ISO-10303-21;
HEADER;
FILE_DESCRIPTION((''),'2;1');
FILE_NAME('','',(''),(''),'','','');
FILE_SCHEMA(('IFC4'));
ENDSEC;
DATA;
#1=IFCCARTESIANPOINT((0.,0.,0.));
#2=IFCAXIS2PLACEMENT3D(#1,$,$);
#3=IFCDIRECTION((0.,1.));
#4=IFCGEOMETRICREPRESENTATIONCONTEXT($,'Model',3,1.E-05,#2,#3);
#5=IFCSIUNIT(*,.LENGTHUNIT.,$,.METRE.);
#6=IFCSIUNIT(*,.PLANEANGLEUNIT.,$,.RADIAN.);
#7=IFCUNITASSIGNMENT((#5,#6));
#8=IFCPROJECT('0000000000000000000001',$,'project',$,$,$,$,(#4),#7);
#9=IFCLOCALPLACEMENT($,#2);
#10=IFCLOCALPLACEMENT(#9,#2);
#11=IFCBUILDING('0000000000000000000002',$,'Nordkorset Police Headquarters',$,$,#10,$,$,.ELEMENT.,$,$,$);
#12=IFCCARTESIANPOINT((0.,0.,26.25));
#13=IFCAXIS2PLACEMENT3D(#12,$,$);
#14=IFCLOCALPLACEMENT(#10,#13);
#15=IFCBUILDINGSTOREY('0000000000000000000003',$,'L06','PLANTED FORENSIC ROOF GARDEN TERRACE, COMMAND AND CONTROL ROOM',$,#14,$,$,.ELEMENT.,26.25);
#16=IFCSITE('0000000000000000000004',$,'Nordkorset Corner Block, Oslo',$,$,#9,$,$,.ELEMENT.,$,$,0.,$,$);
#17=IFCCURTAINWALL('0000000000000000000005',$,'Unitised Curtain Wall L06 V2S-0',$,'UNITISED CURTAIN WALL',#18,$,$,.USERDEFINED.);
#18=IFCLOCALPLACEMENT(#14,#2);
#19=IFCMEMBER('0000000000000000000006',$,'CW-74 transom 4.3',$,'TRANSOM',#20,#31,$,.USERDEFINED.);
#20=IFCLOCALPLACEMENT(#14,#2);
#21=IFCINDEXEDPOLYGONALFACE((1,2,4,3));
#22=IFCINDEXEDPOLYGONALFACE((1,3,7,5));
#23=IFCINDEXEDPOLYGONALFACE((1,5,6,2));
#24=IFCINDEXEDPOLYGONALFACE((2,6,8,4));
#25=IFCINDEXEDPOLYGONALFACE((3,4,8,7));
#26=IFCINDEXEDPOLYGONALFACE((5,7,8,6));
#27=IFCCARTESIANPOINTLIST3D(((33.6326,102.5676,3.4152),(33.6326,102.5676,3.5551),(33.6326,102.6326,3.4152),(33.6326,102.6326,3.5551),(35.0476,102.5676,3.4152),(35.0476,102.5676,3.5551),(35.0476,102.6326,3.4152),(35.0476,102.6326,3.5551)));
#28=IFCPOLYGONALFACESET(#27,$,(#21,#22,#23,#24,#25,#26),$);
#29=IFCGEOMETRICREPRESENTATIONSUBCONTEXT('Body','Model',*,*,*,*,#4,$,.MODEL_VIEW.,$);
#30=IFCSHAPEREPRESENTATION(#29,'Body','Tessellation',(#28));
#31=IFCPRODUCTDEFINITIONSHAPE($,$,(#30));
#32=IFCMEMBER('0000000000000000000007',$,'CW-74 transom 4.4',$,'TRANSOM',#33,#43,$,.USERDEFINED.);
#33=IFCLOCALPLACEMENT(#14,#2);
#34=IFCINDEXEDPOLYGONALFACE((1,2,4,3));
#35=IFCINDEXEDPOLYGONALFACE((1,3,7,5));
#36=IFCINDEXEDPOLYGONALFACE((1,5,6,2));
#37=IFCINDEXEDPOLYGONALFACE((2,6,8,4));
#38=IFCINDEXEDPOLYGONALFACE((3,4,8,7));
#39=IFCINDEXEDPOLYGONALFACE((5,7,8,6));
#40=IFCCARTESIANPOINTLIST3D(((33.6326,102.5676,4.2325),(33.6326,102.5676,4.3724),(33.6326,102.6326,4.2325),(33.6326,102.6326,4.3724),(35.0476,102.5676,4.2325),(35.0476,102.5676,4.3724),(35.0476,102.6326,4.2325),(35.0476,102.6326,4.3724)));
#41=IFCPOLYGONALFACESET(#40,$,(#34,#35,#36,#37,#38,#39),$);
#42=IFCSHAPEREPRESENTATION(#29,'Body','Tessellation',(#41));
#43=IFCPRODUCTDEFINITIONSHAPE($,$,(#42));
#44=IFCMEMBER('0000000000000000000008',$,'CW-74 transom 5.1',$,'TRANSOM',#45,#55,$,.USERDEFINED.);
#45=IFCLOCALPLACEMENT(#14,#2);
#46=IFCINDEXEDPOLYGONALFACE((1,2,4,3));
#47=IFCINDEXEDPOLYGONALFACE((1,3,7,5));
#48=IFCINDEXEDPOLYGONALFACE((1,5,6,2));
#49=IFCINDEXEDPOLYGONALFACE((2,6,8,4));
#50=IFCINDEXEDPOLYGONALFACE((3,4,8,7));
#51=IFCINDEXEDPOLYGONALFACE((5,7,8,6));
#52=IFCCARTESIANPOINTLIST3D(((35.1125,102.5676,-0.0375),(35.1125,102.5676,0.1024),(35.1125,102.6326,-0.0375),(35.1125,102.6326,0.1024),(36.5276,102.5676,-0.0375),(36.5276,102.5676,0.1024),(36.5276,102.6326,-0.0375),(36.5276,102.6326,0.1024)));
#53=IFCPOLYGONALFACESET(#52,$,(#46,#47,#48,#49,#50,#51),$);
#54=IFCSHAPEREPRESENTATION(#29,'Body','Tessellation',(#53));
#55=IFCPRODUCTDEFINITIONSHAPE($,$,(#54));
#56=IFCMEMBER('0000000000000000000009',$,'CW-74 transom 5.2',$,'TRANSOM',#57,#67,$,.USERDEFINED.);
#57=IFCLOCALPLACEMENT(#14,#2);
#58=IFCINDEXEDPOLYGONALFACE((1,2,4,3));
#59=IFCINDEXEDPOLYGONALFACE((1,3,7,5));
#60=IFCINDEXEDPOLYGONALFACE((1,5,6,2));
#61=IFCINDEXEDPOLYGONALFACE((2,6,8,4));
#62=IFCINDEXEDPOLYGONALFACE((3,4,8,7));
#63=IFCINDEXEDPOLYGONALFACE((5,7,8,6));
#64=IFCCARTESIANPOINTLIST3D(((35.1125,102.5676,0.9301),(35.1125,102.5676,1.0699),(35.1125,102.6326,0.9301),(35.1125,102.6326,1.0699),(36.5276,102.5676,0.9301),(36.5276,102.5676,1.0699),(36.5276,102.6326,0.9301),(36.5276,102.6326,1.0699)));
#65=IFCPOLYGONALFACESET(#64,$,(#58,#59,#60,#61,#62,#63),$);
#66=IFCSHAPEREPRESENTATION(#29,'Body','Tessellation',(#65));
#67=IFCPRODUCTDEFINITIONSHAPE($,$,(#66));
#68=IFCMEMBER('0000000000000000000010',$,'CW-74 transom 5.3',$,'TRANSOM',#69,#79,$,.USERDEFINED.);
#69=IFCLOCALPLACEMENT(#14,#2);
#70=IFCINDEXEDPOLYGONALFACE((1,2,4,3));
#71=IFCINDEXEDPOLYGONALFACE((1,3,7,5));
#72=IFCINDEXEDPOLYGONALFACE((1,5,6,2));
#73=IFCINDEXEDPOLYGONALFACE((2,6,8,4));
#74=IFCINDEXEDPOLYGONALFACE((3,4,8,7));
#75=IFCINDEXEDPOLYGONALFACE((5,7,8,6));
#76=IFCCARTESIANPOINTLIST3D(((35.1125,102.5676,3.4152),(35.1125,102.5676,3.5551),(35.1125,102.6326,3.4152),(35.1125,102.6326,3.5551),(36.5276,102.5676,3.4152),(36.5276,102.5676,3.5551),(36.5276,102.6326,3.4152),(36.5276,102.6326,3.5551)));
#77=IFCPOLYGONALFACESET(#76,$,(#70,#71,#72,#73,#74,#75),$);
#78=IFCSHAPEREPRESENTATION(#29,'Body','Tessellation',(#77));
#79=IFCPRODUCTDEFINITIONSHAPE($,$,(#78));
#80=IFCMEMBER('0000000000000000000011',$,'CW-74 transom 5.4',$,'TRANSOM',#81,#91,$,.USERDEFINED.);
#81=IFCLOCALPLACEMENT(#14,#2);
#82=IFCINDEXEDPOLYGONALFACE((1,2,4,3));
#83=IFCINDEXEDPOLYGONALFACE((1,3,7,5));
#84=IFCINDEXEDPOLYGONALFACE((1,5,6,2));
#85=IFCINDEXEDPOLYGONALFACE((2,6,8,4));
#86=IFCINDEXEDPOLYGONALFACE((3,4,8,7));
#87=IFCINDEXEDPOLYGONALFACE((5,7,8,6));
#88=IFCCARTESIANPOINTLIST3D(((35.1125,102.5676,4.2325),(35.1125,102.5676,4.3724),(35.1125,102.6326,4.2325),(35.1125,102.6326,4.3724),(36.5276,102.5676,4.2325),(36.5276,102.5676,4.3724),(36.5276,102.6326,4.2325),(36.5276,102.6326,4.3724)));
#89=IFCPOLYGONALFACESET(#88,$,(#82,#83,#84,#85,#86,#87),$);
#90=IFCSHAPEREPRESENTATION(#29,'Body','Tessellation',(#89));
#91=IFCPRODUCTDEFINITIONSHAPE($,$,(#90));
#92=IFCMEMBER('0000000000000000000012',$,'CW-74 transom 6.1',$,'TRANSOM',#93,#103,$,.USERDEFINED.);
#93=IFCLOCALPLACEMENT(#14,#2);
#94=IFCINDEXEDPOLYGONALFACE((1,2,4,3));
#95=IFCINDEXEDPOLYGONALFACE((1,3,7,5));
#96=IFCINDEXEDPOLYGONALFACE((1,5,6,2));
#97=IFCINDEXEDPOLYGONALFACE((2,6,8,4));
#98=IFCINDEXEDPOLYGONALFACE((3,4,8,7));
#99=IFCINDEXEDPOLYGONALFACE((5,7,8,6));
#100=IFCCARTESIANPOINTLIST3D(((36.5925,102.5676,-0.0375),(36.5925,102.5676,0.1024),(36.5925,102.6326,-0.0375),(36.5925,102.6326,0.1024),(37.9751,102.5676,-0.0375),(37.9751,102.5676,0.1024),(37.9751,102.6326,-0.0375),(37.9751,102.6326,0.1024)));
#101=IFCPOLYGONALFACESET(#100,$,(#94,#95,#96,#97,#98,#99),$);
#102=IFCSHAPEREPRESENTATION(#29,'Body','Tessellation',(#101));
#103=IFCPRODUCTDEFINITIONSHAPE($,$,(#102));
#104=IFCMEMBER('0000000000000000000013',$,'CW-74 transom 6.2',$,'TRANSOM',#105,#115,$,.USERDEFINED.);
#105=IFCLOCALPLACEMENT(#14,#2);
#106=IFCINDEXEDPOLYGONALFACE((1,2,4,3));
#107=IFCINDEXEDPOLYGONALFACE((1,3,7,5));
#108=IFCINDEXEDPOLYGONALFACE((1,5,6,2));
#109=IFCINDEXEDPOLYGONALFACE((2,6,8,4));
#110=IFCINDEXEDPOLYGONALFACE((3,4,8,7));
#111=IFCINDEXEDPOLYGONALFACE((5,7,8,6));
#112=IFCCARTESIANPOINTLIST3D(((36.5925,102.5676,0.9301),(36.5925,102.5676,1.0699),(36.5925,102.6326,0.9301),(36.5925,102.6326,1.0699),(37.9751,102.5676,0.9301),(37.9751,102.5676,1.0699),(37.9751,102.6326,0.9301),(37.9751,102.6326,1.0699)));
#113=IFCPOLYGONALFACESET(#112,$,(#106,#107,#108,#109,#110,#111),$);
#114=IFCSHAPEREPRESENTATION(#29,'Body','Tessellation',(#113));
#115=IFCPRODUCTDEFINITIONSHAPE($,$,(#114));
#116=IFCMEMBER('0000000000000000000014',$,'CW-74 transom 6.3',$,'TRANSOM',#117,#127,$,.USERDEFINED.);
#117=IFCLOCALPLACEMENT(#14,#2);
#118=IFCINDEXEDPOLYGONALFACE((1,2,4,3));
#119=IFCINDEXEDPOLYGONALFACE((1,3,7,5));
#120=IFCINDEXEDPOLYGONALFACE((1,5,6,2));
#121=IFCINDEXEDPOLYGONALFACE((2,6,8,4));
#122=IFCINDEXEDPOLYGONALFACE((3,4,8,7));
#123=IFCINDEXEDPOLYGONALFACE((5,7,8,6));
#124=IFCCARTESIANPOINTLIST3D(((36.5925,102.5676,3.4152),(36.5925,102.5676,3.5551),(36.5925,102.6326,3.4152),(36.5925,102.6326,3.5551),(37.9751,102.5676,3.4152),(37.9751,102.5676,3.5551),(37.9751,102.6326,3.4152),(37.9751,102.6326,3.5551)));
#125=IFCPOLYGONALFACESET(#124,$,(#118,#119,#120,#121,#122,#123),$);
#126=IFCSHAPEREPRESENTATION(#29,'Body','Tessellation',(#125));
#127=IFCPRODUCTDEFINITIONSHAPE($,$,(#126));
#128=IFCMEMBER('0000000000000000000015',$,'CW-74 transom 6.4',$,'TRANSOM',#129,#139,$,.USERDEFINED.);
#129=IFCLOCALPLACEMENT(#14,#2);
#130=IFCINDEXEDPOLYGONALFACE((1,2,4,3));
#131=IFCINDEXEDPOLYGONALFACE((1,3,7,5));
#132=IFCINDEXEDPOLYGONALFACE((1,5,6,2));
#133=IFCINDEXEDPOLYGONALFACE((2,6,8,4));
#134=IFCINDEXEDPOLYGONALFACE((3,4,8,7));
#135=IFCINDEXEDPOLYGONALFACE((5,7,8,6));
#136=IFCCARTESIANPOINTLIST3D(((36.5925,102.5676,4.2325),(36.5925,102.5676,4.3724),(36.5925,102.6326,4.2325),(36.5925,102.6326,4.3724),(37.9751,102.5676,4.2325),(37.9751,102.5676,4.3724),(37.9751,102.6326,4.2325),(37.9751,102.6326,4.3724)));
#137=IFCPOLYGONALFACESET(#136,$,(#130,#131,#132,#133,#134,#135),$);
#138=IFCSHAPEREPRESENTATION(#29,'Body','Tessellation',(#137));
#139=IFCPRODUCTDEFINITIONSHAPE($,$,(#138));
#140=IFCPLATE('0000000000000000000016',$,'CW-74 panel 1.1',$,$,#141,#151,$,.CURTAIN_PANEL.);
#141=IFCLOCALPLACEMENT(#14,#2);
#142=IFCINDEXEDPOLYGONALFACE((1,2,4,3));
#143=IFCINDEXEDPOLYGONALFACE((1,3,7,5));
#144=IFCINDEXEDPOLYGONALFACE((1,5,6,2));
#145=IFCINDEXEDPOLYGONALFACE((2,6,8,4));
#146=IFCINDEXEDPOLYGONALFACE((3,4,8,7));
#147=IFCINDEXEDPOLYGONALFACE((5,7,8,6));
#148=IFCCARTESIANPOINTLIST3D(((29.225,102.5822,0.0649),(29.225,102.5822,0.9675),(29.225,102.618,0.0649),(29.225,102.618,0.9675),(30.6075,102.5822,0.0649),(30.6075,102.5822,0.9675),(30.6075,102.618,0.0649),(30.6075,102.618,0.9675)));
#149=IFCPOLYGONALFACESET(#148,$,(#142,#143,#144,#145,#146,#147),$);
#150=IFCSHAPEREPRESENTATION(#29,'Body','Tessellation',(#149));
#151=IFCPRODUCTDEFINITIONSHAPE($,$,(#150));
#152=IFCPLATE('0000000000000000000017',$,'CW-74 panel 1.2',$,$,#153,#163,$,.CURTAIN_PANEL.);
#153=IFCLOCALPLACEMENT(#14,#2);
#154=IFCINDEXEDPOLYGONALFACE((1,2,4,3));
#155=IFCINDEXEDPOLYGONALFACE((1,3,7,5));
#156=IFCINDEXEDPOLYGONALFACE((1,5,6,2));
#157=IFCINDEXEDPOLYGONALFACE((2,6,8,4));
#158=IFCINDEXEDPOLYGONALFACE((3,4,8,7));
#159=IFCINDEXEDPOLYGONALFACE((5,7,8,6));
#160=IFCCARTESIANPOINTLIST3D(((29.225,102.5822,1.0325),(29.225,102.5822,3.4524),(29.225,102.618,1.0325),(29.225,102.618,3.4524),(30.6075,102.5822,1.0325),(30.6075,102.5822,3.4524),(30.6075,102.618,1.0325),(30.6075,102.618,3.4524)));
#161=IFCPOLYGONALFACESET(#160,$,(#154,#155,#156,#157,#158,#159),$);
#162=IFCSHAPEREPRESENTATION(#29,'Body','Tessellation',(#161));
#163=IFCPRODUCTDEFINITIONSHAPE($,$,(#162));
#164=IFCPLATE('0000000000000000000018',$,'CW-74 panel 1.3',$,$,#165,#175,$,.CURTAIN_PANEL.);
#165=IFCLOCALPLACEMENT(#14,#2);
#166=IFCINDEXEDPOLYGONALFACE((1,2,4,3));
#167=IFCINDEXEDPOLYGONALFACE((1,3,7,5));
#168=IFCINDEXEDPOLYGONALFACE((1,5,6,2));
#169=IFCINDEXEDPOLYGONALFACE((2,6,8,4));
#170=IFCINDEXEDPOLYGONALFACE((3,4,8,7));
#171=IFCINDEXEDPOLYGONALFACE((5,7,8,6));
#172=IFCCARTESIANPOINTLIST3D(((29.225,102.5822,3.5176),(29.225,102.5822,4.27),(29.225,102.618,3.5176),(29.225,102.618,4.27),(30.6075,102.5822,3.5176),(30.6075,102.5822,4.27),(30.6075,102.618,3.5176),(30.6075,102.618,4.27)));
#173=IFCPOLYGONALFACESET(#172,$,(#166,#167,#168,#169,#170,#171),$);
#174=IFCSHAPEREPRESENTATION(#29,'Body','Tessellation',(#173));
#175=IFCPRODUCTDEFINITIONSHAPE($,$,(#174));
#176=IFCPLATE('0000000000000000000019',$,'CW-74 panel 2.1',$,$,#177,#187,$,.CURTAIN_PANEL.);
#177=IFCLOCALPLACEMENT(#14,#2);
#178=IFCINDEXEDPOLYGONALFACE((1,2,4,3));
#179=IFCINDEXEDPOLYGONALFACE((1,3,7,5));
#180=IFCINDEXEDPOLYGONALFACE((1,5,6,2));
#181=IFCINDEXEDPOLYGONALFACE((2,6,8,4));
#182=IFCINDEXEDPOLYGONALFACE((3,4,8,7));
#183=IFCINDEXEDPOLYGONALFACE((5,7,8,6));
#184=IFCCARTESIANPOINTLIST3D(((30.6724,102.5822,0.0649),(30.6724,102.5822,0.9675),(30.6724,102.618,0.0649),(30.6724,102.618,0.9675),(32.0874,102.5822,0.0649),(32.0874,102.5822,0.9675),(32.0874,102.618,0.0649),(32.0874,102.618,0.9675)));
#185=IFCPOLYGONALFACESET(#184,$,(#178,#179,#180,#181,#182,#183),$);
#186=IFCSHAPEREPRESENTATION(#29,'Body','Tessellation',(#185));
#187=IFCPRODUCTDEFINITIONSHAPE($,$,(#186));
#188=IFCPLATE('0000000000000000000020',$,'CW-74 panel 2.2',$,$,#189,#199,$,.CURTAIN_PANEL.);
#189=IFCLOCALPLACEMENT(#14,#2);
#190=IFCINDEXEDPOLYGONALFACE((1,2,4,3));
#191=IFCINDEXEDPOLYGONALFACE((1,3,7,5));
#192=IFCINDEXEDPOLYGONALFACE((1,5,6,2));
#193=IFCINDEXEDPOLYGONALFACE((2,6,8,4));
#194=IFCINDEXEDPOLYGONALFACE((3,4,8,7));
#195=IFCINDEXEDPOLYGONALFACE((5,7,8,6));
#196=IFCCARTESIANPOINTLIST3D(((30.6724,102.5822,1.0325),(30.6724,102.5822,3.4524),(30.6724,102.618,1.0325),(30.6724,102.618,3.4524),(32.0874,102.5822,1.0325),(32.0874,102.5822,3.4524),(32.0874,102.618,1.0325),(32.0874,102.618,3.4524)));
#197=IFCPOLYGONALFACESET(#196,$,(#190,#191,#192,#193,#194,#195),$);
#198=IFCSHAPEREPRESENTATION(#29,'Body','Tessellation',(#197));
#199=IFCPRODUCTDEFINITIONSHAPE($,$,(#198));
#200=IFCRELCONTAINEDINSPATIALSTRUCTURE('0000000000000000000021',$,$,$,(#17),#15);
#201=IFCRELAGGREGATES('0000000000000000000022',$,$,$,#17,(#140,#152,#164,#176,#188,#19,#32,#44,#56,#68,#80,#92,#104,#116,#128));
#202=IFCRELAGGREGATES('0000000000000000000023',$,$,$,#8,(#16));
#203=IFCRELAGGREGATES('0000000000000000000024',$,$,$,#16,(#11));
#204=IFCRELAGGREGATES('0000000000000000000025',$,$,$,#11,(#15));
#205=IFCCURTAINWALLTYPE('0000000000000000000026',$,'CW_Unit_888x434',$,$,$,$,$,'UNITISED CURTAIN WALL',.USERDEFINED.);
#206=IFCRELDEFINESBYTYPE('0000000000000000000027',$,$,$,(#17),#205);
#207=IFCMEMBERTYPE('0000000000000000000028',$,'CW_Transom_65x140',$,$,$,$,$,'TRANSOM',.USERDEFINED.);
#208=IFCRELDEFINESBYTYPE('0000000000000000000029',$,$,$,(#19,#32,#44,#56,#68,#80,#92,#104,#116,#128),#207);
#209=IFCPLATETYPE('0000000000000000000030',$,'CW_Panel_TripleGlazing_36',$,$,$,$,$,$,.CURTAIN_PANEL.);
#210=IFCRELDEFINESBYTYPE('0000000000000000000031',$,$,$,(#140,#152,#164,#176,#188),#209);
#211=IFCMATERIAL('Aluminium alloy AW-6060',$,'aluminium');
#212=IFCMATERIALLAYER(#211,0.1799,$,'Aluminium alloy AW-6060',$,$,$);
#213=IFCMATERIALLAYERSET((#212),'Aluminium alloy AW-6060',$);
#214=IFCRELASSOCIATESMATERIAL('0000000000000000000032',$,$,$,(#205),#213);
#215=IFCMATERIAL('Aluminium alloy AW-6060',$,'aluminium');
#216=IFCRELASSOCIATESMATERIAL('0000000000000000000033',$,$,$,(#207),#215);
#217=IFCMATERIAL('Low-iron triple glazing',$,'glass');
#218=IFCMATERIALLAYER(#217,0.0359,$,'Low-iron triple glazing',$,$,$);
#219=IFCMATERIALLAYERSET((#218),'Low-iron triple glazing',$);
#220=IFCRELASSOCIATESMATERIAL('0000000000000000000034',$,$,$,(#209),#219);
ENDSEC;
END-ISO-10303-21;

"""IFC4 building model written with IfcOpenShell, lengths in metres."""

from ifc_helpers import new_model, si_unit, direction, frame, origin, origin_2d, place, context, subcontext, project, spatial, rectangle, extrude, material, layer, layer_set, material_profile, profile_set, type_object, element, aggregate, save


model = new_model("IFC4")

# Units and contexts
model_context = context("Model", 3, precision=1e-05, world=origin(), true_north=direction((0.0, 1.0)))
body_context = subcontext(model_context, "Body", "Model", "MODEL_VIEW")
ifc_project = project(units=[si_unit("LENGTHUNIT", "METRE"), si_unit("PLANEANGLEUNIT", "RADIAN")], contexts=[model_context])

# Site, building, storey
site_placement = place(None, origin())
site = spatial("IfcSite", under=ifc_project, at=site_placement, Name="Nordkorset Corner Block, Oslo", CompositionType="ELEMENT", RefElevation=0.0)
building_placement = place(site_placement, origin())
building = spatial("IfcBuilding", under=site, at=building_placement, Name="Nordkorset Police Headquarters", CompositionType="ELEMENT")
storey_placement = place(building_placement, frame((0.0, 0.0, 26.25)))
storey = spatial("IfcBuildingStorey", under=building, at=storey_placement, Name="L06", Description="PLANTED FORENSIC ROOF GARDEN TERRACE, COMMAND AND CONTROL ROOM", CompositionType="ELEMENT", Elevation=26.25)

# Curtain wall, members, plates
ifc_material_1 = material(Name="Aluminium alloy AW-6060", Category="aluminium")
ifc_layer_1 = layer(ifc_material_1, 0.1799, Name="Aluminium alloy AW-6060")
ifc_layer_set_1 = layer_set([ifc_layer_1], Name="Aluminium alloy AW-6060")
curtain_wall_type = type_object("IfcCurtainWallType", Name="CW_Unit_888x434", ElementType="UNITISED CURTAIN WALL", PredefinedType="USERDEFINED", material=ifc_layer_set_1)
curtain_wall_placement = place(storey_placement, origin())
curtain_wall = element("IfcCurtainWall", 1, at=curtain_wall_placement, inside=storey, type_object=curtain_wall_type, Name="Unitised Curtain Wall L06 V2S-0", ObjectType="UNITISED CURTAIN WALL", PredefinedType="USERDEFINED")
ifc_material_2 = material(Name="Aluminium alloy AW-6060", Category="aluminium")
ifc_material_profile_1 = material_profile(ifc_material_2, rectangle(XDim=0.0649, YDim=0.1399, at=origin_2d()), Name="ALU TRAN 65x140")
ifc_profile_set_1 = profile_set([ifc_material_profile_1], Name="Aluminium alloy AW-6060")
member_type_1 = type_object("IfcMemberType", Name="CW_Transom_65x140", ElementType="TRANSOM", PredefinedType="USERDEFINED", material=ifc_profile_set_1)
member_1_placement = place(storey_placement, frame((33.6326, 102.6001, 3.4851), z_axis=(1.0, 0.0, 0.0), x_axis=(0.0, 1.0, 0.0)))
member_1 = element("IfcMember", 2, at=member_1_placement, type_object=member_type_1, Name="CW-74 transom 4.3", ObjectType="TRANSOM", PredefinedType="USERDEFINED", context=body_context, shape_type="SweptSolid", body=[
    extrude(rectangle(XDim=0.0649, YDim=0.1399, at=origin_2d()), origin(), (0.0, 0.0, 1.0), 1.415),
])
member_2_placement = place(storey_placement, frame((33.6326, 102.6001, 4.3025), z_axis=(1.0, 0.0, 0.0), x_axis=(0.0, 1.0, 0.0)))
member_2 = element("IfcMember", 3, at=member_2_placement, type_object=member_type_1, Name="CW-74 transom 4.4", ObjectType="TRANSOM", PredefinedType="USERDEFINED", context=body_context, shape_type="SweptSolid", body=[
    extrude(rectangle(XDim=0.0649, YDim=0.1399, at=origin_2d()), origin(), (0.0, 0.0, 1.0), 1.415),
])
member_3_placement = place(storey_placement, frame((35.1125, 102.6001, 0.0325), z_axis=(1.0, 0.0, 0.0), x_axis=(0.0, 1.0, 0.0)))
member_3 = element("IfcMember", 4, at=member_3_placement, type_object=member_type_1, Name="CW-74 transom 5.1", ObjectType="TRANSOM", PredefinedType="USERDEFINED", context=body_context, shape_type="SweptSolid", body=[
    extrude(rectangle(XDim=0.0649, YDim=0.1399, at=origin_2d()), origin(), (0.0, 0.0, 1.0), 1.415),
])
member_4_placement = place(storey_placement, frame((35.1125, 102.6001, 1.0), z_axis=(1.0, 0.0, 0.0), x_axis=(0.0, 1.0, 0.0)))
member_4 = element("IfcMember", 5, at=member_4_placement, type_object=member_type_1, Name="CW-74 transom 5.2", ObjectType="TRANSOM", PredefinedType="USERDEFINED", context=body_context, shape_type="SweptSolid", body=[
    extrude(rectangle(XDim=0.0649, YDim=0.1399, at=origin_2d()), origin(), (0.0, 0.0, 1.0), 1.415),
])
member_5_placement = place(storey_placement, frame((35.1125, 102.6001, 3.4851), z_axis=(1.0, 0.0, 0.0), x_axis=(0.0, 1.0, 0.0)))
member_5 = element("IfcMember", 6, at=member_5_placement, type_object=member_type_1, Name="CW-74 transom 5.3", ObjectType="TRANSOM", PredefinedType="USERDEFINED", context=body_context, shape_type="SweptSolid", body=[
    extrude(rectangle(XDim=0.0649, YDim=0.1399, at=origin_2d()), origin(), (0.0, 0.0, 1.0), 1.415),
])
member_6_placement = place(storey_placement, frame((35.1125, 102.6001, 4.3025), z_axis=(1.0, 0.0, 0.0), x_axis=(0.0, 1.0, 0.0)))
member_6 = element("IfcMember", 7, at=member_6_placement, type_object=member_type_1, Name="CW-74 transom 5.4", ObjectType="TRANSOM", PredefinedType="USERDEFINED", context=body_context, shape_type="SweptSolid", body=[
    extrude(rectangle(XDim=0.0649, YDim=0.1399, at=origin_2d()), origin(), (0.0, 0.0, 1.0), 1.415),
])
member_7_placement = place(storey_placement, frame((36.5925, 102.6001, 0.0325), z_axis=(1.0, 0.0, 0.0), x_axis=(0.0, 1.0, 0.0)))
member_7 = element("IfcMember", 8, at=member_7_placement, type_object=member_type_1, Name="CW-74 transom 6.1", ObjectType="TRANSOM", PredefinedType="USERDEFINED", context=body_context, shape_type="SweptSolid", body=[
    extrude(rectangle(XDim=0.0649, YDim=0.1399, at=origin_2d()), origin(), (0.0, 0.0, 1.0), 1.3826),
])
member_8_placement = place(storey_placement, frame((36.5925, 102.6001, 1.0), z_axis=(1.0, 0.0, 0.0), x_axis=(0.0, 1.0, 0.0)))
member_8 = element("IfcMember", 9, at=member_8_placement, type_object=member_type_1, Name="CW-74 transom 6.2", ObjectType="TRANSOM", PredefinedType="USERDEFINED", context=body_context, shape_type="SweptSolid", body=[
    extrude(rectangle(XDim=0.0649, YDim=0.1399, at=origin_2d()), origin(), (0.0, 0.0, 1.0), 1.3826),
])
member_9_placement = place(storey_placement, frame((36.5925, 102.6001, 3.4851), z_axis=(1.0, 0.0, 0.0), x_axis=(0.0, 1.0, 0.0)))
member_9 = element("IfcMember", 10, at=member_9_placement, type_object=member_type_1, Name="CW-74 transom 6.3", ObjectType="TRANSOM", PredefinedType="USERDEFINED", context=body_context, shape_type="SweptSolid", body=[
    extrude(rectangle(XDim=0.0649, YDim=0.1399, at=origin_2d()), origin(), (0.0, 0.0, 1.0), 1.3826),
])
member_10_placement = place(storey_placement, frame((36.5925, 102.6001, 4.3025), z_axis=(1.0, 0.0, 0.0), x_axis=(0.0, 1.0, 0.0)))
member_10 = element("IfcMember", 11, at=member_10_placement, type_object=member_type_1, Name="CW-74 transom 6.4", ObjectType="TRANSOM", PredefinedType="USERDEFINED", context=body_context, shape_type="SweptSolid", body=[
    extrude(rectangle(XDim=0.0649, YDim=0.1399, at=origin_2d()), origin(), (0.0, 0.0, 1.0), 1.3826),
])
ifc_material_3 = material(Name="Low-iron triple glazing", Category="glass")
ifc_layer_2 = layer(ifc_material_3, 0.0359, Name="Low-iron triple glazing")
ifc_layer_set_2 = layer_set([ifc_layer_2], Name="Low-iron triple glazing")
plate_type = type_object("IfcPlateType", Name="CW_Panel_TripleGlazing_36", PredefinedType="CURTAIN_PANEL", material=ifc_layer_set_2)
plate_1_placement = place(storey_placement, frame((29.9163, 102.6001, 0.0649), z_axis=(0.0, 0.0, 1.0), x_axis=(1.0, 0.0, 0.0)))
plate_1 = element("IfcPlate", 12, at=plate_1_placement, type_object=plate_type, Name="CW-74 panel 1.1", PredefinedType="CURTAIN_PANEL", context=body_context, shape_type="SweptSolid", body=[
    extrude(rectangle(XDim=1.3826, YDim=0.0359, at=origin_2d()), origin(), (0.0, 0.0, 1.0), 0.9026),
])
plate_2_placement = place(storey_placement, frame((29.9163, 102.6001, 1.0325), z_axis=(0.0, 0.0, 1.0), x_axis=(1.0, 0.0, 0.0)))
plate_2 = element("IfcPlate", 13, at=plate_2_placement, type_object=plate_type, Name="CW-74 panel 1.2", PredefinedType="CURTAIN_PANEL", context=body_context, shape_type="SweptSolid", body=[
    extrude(rectangle(XDim=1.3826, YDim=0.0359, at=origin_2d()), origin(), (0.0, 0.0, 1.0), 2.4199),
])
plate_3_placement = place(storey_placement, frame((29.9163, 102.6001, 3.5176), z_axis=(0.0, 0.0, 1.0), x_axis=(1.0, 0.0, 0.0)))
plate_3 = element("IfcPlate", 14, at=plate_3_placement, type_object=plate_type, Name="CW-74 panel 1.3", PredefinedType="CURTAIN_PANEL", context=body_context, shape_type="SweptSolid", body=[
    extrude(rectangle(XDim=1.3826, YDim=0.0359, at=origin_2d()), origin(), (0.0, 0.0, 1.0), 0.7524),
])
plate_4_placement = place(storey_placement, frame((31.3799, 102.6001, 0.0649), z_axis=(0.0, 0.0, 1.0), x_axis=(1.0, 0.0, 0.0)))
plate_4 = element("IfcPlate", 15, at=plate_4_placement, type_object=plate_type, Name="CW-74 panel 2.1", PredefinedType="CURTAIN_PANEL", context=body_context, shape_type="SweptSolid", body=[
    extrude(rectangle(XDim=1.415, YDim=0.0359, at=origin_2d()), origin(), (0.0, 0.0, 1.0), 0.9026),
])
plate_5_placement = place(storey_placement, frame((31.3799, 102.6001, 1.0325), z_axis=(0.0, 0.0, 1.0), x_axis=(1.0, 0.0, 0.0)))
plate_5 = element("IfcPlate", 16, at=plate_5_placement, type_object=plate_type, Name="CW-74 panel 2.2", PredefinedType="CURTAIN_PANEL", context=body_context, shape_type="SweptSolid", body=[
    extrude(rectangle(XDim=1.415, YDim=0.0359, at=origin_2d()), origin(), (0.0, 0.0, 1.0), 2.4199),
])
aggregate(curtain_wall, [plate_1, plate_2, plate_3, plate_4, plate_5, member_1, member_2, member_3, member_4, member_5, member_6, member_7, member_8, member_9, member_10])

save(model, "model.ifc")
